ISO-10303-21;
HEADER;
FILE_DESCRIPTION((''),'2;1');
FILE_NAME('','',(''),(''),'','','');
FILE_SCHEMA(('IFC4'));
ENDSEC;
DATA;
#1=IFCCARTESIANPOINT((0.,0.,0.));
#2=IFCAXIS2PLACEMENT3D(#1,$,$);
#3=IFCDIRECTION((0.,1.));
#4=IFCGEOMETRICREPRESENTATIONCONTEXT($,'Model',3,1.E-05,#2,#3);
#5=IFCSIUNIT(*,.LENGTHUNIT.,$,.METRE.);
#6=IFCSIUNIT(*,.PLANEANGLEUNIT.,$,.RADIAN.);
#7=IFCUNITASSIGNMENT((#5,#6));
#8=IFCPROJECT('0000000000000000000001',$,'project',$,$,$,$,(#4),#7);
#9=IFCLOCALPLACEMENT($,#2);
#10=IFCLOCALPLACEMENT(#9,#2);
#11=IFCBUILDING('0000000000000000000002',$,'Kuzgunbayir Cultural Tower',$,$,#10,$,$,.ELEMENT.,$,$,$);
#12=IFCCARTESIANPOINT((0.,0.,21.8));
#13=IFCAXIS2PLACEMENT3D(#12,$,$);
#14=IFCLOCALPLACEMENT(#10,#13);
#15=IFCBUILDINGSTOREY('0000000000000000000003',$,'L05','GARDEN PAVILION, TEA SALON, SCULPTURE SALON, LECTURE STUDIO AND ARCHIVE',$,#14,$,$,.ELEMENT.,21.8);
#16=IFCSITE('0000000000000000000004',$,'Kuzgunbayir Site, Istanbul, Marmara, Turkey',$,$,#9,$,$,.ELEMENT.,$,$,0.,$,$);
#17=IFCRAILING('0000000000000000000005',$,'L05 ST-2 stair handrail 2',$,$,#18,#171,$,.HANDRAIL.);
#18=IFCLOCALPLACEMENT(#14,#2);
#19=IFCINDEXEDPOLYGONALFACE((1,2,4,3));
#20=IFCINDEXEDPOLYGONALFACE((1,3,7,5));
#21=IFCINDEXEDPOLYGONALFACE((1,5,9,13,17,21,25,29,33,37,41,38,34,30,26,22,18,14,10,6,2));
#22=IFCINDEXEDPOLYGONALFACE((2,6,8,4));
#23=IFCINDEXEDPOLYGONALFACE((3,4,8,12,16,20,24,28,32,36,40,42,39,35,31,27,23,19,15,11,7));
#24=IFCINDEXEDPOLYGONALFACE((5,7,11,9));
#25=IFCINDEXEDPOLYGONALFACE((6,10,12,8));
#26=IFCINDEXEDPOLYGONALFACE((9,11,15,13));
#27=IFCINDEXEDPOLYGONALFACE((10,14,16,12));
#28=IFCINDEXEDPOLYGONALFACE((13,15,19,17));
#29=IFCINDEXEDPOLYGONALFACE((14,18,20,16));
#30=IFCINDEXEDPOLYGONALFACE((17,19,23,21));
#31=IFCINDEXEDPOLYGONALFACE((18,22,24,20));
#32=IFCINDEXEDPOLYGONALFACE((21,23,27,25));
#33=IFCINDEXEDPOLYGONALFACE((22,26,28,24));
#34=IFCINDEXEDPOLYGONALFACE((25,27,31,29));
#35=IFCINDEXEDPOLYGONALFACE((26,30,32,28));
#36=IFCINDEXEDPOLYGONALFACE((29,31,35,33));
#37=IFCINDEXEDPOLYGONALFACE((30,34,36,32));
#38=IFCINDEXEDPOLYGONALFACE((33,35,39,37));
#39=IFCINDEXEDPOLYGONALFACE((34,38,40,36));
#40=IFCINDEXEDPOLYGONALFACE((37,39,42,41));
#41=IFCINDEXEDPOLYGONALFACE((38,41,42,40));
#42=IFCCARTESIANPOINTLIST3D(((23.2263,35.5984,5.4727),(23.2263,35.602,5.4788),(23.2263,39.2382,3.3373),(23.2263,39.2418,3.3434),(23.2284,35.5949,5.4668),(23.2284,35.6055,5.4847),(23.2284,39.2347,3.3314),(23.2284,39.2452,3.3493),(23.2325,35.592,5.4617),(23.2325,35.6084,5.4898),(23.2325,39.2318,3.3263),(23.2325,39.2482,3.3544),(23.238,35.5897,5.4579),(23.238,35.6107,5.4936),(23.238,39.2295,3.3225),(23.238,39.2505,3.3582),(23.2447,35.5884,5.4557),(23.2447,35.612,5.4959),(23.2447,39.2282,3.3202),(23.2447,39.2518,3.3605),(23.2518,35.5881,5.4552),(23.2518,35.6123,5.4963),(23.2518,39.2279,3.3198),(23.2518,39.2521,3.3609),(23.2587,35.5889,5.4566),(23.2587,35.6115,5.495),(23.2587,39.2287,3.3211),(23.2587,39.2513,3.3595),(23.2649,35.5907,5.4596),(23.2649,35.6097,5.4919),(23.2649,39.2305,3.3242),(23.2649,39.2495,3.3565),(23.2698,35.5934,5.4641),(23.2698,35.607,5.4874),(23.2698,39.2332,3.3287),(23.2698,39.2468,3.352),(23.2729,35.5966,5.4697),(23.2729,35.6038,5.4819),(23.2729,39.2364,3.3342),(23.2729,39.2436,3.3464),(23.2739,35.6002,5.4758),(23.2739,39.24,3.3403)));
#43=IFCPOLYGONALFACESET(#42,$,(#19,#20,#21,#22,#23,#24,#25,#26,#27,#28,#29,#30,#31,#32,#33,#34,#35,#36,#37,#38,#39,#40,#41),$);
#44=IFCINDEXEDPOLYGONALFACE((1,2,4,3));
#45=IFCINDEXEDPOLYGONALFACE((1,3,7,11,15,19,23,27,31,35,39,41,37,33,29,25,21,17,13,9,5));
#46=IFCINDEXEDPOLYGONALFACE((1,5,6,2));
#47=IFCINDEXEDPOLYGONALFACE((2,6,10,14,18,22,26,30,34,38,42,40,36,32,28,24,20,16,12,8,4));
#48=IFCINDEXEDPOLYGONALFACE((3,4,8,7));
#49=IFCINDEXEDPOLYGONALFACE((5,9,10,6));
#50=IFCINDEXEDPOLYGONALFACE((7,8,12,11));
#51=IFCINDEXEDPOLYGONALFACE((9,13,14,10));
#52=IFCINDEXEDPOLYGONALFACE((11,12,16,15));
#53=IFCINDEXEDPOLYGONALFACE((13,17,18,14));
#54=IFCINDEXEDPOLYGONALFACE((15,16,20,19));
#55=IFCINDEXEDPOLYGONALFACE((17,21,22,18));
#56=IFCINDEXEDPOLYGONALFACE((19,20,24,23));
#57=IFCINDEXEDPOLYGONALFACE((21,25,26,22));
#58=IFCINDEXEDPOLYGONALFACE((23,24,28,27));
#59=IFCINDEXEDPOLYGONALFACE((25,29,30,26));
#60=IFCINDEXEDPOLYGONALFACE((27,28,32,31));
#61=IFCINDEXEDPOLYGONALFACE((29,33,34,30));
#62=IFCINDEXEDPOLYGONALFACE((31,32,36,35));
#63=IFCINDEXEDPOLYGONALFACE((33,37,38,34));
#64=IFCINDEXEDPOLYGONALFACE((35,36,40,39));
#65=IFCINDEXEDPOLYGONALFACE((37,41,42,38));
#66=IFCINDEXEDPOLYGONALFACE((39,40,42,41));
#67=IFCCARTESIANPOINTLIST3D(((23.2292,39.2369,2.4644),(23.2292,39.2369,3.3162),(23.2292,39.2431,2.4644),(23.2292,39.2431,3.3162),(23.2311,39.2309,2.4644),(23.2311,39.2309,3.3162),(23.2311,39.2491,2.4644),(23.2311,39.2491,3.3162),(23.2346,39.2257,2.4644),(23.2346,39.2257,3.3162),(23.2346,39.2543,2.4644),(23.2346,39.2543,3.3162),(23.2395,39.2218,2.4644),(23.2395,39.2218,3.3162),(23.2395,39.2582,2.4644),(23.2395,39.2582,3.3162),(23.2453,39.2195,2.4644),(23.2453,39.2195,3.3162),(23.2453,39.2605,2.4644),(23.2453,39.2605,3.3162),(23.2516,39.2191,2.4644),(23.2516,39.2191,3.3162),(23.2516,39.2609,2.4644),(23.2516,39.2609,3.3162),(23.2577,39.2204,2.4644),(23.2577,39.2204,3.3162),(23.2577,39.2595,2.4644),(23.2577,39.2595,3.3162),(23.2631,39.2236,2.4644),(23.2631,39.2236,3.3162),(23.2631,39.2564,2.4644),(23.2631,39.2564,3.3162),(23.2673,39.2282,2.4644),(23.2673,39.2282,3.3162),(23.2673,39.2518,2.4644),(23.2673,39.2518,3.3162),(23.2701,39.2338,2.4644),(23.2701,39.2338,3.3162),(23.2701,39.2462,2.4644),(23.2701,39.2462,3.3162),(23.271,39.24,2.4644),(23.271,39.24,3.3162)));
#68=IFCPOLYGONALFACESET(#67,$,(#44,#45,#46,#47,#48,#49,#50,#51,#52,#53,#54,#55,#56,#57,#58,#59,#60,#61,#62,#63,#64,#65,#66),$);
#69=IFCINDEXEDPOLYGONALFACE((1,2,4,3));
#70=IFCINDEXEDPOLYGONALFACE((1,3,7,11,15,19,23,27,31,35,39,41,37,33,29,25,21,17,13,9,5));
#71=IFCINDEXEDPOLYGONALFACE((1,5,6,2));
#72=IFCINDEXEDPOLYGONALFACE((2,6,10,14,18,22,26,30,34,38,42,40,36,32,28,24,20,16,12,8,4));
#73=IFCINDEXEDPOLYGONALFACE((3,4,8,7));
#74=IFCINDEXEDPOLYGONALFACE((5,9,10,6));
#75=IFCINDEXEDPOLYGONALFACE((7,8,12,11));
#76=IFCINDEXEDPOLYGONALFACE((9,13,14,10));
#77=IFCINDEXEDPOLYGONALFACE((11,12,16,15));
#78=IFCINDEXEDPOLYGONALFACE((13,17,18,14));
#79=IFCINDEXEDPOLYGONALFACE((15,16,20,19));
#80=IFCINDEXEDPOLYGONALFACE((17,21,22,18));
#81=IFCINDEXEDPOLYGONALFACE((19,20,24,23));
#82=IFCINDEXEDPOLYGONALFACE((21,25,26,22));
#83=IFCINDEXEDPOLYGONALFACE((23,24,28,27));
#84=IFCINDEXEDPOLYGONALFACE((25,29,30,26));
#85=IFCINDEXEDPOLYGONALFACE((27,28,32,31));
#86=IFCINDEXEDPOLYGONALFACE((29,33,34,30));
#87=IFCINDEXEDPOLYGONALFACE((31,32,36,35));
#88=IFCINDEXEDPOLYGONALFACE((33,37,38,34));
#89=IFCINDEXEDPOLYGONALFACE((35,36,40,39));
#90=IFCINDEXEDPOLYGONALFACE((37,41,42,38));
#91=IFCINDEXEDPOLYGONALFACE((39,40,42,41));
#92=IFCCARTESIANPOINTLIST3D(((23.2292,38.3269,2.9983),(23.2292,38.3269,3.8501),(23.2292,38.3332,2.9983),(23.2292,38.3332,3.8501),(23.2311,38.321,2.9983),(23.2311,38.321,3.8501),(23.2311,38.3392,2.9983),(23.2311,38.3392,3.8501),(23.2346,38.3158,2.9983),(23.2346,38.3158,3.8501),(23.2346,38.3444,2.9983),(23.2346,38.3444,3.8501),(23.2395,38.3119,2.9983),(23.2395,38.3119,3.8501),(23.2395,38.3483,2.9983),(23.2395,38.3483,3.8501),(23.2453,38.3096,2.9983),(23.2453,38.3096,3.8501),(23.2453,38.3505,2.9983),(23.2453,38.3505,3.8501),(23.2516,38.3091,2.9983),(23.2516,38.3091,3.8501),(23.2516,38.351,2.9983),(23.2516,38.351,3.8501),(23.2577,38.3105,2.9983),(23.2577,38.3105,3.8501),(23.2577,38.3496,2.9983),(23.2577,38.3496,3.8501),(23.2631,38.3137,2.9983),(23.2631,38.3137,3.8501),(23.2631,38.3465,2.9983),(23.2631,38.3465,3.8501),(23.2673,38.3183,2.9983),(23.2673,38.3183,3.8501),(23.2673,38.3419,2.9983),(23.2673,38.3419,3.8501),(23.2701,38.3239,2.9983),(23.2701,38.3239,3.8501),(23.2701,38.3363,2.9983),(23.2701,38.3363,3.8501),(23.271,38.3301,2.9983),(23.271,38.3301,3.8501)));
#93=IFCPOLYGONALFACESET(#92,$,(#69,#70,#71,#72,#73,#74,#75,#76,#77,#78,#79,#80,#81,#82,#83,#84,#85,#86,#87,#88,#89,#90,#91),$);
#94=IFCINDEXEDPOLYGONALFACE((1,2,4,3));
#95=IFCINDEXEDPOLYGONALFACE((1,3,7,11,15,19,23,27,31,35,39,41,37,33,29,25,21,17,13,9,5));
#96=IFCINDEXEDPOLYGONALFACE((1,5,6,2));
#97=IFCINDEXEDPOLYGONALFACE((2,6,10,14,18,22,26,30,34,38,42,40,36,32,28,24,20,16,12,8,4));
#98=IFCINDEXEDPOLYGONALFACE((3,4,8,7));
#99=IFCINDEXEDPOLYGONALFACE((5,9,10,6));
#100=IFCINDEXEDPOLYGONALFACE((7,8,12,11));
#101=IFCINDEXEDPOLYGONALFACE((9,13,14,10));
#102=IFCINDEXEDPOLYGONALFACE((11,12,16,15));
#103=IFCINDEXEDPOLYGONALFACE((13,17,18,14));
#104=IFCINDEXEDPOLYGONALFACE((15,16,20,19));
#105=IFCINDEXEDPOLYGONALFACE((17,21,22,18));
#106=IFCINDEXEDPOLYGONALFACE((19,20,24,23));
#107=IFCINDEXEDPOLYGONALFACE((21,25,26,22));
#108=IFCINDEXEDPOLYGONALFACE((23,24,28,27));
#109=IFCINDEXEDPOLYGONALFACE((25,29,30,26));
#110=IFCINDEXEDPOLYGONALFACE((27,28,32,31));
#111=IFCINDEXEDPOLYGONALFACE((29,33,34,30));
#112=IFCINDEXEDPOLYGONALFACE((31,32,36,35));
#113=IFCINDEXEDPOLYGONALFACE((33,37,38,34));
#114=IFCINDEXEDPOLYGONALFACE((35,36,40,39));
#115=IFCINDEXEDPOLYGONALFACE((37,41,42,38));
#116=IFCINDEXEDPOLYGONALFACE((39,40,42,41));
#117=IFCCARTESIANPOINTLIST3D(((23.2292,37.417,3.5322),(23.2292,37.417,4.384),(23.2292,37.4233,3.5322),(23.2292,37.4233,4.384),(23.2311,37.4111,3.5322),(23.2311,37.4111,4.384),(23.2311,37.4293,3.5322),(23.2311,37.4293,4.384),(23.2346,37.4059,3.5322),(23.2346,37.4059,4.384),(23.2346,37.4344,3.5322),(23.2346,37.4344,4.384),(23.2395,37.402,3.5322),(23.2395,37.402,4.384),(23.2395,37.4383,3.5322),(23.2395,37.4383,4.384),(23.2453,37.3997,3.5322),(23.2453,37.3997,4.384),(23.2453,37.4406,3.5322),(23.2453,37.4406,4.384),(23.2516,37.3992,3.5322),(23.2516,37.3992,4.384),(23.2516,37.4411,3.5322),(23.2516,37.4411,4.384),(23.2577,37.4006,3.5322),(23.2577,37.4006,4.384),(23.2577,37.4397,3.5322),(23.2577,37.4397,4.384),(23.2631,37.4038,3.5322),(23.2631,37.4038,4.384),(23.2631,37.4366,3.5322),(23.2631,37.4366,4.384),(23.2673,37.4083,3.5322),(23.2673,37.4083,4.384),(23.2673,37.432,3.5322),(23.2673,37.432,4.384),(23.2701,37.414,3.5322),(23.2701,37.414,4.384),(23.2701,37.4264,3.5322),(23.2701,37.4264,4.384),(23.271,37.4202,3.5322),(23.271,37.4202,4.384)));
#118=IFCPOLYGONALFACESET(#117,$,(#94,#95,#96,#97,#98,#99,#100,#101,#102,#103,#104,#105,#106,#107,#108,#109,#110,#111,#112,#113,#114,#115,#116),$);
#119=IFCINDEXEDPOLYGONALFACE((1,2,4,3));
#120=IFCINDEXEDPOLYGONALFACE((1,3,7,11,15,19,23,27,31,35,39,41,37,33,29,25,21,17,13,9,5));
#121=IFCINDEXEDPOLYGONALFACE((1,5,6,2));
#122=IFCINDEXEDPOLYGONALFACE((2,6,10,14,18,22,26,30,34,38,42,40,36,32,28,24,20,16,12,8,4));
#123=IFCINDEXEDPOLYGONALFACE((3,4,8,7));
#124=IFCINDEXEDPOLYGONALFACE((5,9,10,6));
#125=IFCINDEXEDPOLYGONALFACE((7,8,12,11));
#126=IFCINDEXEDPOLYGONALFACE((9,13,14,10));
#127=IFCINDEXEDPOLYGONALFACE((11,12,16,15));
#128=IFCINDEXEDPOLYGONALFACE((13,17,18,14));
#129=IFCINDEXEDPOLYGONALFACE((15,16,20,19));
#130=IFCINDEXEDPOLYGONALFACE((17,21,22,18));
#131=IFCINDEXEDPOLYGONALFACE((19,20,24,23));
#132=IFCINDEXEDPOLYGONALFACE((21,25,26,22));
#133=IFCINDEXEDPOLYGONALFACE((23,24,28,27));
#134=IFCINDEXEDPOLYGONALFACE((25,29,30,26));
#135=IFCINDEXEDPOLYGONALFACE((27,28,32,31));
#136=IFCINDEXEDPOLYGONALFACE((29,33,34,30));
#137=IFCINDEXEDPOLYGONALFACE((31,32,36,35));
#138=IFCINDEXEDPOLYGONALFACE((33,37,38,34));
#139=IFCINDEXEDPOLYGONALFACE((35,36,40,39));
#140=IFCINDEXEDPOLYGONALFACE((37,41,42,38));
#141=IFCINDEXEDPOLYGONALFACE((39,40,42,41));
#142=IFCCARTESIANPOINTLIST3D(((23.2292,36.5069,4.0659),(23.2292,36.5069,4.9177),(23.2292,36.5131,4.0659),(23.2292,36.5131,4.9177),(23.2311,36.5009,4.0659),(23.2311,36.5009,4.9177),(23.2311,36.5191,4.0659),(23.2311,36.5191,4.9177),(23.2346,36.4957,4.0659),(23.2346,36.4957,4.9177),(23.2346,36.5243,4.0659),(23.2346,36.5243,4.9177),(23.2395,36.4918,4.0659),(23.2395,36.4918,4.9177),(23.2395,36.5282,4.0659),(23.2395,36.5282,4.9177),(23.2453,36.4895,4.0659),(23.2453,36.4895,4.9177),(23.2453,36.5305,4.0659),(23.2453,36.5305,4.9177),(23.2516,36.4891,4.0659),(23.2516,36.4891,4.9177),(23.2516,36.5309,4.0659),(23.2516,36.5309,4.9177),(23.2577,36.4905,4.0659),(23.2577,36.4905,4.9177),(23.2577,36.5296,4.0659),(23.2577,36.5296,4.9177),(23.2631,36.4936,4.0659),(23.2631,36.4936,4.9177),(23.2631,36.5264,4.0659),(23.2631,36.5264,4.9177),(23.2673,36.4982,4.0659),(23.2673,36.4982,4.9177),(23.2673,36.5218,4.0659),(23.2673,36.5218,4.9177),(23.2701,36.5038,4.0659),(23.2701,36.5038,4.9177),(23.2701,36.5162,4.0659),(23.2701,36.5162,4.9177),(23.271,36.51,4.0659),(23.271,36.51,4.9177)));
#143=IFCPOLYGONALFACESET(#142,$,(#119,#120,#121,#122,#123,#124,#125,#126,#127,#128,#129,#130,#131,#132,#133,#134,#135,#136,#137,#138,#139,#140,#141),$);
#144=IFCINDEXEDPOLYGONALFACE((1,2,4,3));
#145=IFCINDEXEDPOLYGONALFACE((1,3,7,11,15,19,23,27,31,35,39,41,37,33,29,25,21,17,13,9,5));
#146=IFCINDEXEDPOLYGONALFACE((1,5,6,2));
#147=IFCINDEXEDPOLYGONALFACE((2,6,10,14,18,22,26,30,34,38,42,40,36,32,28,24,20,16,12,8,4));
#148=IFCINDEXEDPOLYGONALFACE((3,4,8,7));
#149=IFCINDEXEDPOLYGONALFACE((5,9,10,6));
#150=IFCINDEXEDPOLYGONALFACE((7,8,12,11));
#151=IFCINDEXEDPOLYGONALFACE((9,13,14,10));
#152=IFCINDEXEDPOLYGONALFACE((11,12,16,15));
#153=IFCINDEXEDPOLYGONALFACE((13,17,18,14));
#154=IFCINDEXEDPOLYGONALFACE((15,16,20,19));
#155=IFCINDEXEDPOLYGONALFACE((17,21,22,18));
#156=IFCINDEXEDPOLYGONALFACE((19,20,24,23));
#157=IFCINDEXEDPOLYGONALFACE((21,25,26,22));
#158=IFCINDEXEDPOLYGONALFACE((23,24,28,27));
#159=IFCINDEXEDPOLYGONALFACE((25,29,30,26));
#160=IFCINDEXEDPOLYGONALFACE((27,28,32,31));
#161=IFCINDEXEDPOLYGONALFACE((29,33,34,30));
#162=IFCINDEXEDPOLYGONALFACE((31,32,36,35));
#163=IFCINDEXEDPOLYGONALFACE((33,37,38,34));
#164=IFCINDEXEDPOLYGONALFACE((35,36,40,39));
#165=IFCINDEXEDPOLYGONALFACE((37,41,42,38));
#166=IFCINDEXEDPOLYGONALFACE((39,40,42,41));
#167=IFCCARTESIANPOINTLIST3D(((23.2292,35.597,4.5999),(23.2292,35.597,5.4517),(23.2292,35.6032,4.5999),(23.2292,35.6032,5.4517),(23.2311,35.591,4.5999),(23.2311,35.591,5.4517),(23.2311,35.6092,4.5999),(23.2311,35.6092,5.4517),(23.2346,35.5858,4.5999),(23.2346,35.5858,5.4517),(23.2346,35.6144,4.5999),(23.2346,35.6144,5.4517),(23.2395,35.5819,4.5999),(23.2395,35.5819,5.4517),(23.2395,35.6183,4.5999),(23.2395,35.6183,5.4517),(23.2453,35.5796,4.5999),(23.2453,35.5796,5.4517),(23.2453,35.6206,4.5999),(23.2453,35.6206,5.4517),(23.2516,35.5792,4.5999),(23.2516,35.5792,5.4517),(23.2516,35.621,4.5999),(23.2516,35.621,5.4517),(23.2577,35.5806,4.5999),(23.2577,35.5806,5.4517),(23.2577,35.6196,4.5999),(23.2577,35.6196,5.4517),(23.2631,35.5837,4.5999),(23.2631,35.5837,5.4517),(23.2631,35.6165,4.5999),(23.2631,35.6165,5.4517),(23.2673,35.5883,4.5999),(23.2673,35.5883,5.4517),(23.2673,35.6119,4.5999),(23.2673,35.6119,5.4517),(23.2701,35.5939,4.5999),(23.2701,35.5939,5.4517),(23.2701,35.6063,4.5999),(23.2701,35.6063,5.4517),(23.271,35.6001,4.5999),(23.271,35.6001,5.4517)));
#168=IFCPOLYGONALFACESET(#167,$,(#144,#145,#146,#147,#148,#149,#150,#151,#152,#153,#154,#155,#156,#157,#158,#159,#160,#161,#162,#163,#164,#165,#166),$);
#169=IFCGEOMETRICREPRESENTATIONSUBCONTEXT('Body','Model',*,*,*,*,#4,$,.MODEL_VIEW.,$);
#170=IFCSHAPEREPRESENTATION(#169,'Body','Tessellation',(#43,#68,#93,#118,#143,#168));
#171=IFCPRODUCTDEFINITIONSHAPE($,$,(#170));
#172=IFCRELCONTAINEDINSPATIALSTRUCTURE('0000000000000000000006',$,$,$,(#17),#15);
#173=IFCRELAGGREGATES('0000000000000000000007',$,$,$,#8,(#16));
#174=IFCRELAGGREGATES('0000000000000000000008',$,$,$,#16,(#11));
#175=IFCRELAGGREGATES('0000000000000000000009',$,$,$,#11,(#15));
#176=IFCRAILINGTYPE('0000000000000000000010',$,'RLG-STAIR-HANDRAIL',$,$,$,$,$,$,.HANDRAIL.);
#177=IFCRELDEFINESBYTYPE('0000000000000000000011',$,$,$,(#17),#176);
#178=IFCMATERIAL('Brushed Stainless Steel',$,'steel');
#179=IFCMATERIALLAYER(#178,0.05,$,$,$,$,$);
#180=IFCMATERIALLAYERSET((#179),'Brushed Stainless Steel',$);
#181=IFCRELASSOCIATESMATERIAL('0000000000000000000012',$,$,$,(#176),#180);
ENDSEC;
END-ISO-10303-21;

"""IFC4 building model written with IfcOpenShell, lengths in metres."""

from ifc_helpers import new_model, si_unit, direction, frame, origin, origin_2d, place, context, subcontext, project, spatial, circle, extrude, material, layer, layer_set, type_object, element, save


model = new_model("IFC4")

# Units and contexts
model_context = context("Model", 3, precision=1e-05, world=origin(), true_north=direction((0.0, 1.0)))
body_context = subcontext(model_context, "Body", "Model", "MODEL_VIEW")
ifc_project = project(units=[si_unit("LENGTHUNIT", "METRE"), si_unit("PLANEANGLEUNIT", "RADIAN")], contexts=[model_context])

# Site, building, storey
site_placement = place(None, origin())
site = spatial("IfcSite", under=ifc_project, at=site_placement, Name="Kuzgunbayir Site, Istanbul, Marmara, Turkey", CompositionType="ELEMENT", RefElevation=0.0)
building_placement = place(site_placement, origin())
building = spatial("IfcBuilding", under=site, at=building_placement, Name="Kuzgunbayir Cultural Tower", CompositionType="ELEMENT")
storey_placement = place(building_placement, frame((0.0, 0.0, 21.8)))
storey = spatial("IfcBuildingStorey", under=building, at=storey_placement, Name="L05", Description="GARDEN PAVILION, TEA SALON, SCULPTURE SALON, LECTURE STUDIO AND ARCHIVE", CompositionType="ELEMENT", Elevation=21.8)

# Shared definitions
ifc_material_1 = material(Name="Brushed Stainless Steel", Category="steel")

# Railing
ifc_layer_1 = layer(ifc_material_1, 0.05)
ifc_layer_set_1 = layer_set([ifc_layer_1], Name="Brushed Stainless Steel")
railing_type_1 = type_object("IfcRailingType", Name="RLG-STAIR-HANDRAIL", PredefinedType="HANDRAIL", material=ifc_layer_set_1)
railing_1_placement = place(storey_placement, frame((23.25, 39.24, 2.4644)))
element("IfcRailing", 1, at=railing_1_placement, inside=storey, type_object=railing_type_1, Name="L05 ST-2 stair handrail 2", PredefinedType="HANDRAIL", context=body_context, shape_type="SweptSolid", body=[
    extrude(circle(Radius=0.0239, at=origin_2d()), frame((0.0, 0.0, 0.876), z_axis=(0.0, -0.862515, 0.506031), x_axis=(1.0, 0.0, 0.0)), (0.0, 0.0, 1.0), 4.22),
    extrude(circle(Radius=0.021, at=origin_2d()), origin(), (0.0, 0.0, 1.0), 0.8518),
    extrude(circle(Radius=0.021, at=origin_2d()), frame((0.0, -0.9099, 0.5339)), (0.0, 0.0, 1.0), 0.8518),
    extrude(circle(Radius=0.021, at=origin_2d()), frame((0.0, -1.8198, 1.0679)), (0.0, 0.0, 1.0), 0.8518),
    extrude(circle(Radius=0.021, at=origin_2d()), frame((0.0, -2.73, 1.6016)), (0.0, 0.0, 1.0), 0.8518),
    extrude(circle(Radius=0.021, at=origin_2d()), frame((0.0, -3.6399, 2.1355)), (0.0, 0.0, 1.0), 0.8518),
])

save(model, "model.ifc")
